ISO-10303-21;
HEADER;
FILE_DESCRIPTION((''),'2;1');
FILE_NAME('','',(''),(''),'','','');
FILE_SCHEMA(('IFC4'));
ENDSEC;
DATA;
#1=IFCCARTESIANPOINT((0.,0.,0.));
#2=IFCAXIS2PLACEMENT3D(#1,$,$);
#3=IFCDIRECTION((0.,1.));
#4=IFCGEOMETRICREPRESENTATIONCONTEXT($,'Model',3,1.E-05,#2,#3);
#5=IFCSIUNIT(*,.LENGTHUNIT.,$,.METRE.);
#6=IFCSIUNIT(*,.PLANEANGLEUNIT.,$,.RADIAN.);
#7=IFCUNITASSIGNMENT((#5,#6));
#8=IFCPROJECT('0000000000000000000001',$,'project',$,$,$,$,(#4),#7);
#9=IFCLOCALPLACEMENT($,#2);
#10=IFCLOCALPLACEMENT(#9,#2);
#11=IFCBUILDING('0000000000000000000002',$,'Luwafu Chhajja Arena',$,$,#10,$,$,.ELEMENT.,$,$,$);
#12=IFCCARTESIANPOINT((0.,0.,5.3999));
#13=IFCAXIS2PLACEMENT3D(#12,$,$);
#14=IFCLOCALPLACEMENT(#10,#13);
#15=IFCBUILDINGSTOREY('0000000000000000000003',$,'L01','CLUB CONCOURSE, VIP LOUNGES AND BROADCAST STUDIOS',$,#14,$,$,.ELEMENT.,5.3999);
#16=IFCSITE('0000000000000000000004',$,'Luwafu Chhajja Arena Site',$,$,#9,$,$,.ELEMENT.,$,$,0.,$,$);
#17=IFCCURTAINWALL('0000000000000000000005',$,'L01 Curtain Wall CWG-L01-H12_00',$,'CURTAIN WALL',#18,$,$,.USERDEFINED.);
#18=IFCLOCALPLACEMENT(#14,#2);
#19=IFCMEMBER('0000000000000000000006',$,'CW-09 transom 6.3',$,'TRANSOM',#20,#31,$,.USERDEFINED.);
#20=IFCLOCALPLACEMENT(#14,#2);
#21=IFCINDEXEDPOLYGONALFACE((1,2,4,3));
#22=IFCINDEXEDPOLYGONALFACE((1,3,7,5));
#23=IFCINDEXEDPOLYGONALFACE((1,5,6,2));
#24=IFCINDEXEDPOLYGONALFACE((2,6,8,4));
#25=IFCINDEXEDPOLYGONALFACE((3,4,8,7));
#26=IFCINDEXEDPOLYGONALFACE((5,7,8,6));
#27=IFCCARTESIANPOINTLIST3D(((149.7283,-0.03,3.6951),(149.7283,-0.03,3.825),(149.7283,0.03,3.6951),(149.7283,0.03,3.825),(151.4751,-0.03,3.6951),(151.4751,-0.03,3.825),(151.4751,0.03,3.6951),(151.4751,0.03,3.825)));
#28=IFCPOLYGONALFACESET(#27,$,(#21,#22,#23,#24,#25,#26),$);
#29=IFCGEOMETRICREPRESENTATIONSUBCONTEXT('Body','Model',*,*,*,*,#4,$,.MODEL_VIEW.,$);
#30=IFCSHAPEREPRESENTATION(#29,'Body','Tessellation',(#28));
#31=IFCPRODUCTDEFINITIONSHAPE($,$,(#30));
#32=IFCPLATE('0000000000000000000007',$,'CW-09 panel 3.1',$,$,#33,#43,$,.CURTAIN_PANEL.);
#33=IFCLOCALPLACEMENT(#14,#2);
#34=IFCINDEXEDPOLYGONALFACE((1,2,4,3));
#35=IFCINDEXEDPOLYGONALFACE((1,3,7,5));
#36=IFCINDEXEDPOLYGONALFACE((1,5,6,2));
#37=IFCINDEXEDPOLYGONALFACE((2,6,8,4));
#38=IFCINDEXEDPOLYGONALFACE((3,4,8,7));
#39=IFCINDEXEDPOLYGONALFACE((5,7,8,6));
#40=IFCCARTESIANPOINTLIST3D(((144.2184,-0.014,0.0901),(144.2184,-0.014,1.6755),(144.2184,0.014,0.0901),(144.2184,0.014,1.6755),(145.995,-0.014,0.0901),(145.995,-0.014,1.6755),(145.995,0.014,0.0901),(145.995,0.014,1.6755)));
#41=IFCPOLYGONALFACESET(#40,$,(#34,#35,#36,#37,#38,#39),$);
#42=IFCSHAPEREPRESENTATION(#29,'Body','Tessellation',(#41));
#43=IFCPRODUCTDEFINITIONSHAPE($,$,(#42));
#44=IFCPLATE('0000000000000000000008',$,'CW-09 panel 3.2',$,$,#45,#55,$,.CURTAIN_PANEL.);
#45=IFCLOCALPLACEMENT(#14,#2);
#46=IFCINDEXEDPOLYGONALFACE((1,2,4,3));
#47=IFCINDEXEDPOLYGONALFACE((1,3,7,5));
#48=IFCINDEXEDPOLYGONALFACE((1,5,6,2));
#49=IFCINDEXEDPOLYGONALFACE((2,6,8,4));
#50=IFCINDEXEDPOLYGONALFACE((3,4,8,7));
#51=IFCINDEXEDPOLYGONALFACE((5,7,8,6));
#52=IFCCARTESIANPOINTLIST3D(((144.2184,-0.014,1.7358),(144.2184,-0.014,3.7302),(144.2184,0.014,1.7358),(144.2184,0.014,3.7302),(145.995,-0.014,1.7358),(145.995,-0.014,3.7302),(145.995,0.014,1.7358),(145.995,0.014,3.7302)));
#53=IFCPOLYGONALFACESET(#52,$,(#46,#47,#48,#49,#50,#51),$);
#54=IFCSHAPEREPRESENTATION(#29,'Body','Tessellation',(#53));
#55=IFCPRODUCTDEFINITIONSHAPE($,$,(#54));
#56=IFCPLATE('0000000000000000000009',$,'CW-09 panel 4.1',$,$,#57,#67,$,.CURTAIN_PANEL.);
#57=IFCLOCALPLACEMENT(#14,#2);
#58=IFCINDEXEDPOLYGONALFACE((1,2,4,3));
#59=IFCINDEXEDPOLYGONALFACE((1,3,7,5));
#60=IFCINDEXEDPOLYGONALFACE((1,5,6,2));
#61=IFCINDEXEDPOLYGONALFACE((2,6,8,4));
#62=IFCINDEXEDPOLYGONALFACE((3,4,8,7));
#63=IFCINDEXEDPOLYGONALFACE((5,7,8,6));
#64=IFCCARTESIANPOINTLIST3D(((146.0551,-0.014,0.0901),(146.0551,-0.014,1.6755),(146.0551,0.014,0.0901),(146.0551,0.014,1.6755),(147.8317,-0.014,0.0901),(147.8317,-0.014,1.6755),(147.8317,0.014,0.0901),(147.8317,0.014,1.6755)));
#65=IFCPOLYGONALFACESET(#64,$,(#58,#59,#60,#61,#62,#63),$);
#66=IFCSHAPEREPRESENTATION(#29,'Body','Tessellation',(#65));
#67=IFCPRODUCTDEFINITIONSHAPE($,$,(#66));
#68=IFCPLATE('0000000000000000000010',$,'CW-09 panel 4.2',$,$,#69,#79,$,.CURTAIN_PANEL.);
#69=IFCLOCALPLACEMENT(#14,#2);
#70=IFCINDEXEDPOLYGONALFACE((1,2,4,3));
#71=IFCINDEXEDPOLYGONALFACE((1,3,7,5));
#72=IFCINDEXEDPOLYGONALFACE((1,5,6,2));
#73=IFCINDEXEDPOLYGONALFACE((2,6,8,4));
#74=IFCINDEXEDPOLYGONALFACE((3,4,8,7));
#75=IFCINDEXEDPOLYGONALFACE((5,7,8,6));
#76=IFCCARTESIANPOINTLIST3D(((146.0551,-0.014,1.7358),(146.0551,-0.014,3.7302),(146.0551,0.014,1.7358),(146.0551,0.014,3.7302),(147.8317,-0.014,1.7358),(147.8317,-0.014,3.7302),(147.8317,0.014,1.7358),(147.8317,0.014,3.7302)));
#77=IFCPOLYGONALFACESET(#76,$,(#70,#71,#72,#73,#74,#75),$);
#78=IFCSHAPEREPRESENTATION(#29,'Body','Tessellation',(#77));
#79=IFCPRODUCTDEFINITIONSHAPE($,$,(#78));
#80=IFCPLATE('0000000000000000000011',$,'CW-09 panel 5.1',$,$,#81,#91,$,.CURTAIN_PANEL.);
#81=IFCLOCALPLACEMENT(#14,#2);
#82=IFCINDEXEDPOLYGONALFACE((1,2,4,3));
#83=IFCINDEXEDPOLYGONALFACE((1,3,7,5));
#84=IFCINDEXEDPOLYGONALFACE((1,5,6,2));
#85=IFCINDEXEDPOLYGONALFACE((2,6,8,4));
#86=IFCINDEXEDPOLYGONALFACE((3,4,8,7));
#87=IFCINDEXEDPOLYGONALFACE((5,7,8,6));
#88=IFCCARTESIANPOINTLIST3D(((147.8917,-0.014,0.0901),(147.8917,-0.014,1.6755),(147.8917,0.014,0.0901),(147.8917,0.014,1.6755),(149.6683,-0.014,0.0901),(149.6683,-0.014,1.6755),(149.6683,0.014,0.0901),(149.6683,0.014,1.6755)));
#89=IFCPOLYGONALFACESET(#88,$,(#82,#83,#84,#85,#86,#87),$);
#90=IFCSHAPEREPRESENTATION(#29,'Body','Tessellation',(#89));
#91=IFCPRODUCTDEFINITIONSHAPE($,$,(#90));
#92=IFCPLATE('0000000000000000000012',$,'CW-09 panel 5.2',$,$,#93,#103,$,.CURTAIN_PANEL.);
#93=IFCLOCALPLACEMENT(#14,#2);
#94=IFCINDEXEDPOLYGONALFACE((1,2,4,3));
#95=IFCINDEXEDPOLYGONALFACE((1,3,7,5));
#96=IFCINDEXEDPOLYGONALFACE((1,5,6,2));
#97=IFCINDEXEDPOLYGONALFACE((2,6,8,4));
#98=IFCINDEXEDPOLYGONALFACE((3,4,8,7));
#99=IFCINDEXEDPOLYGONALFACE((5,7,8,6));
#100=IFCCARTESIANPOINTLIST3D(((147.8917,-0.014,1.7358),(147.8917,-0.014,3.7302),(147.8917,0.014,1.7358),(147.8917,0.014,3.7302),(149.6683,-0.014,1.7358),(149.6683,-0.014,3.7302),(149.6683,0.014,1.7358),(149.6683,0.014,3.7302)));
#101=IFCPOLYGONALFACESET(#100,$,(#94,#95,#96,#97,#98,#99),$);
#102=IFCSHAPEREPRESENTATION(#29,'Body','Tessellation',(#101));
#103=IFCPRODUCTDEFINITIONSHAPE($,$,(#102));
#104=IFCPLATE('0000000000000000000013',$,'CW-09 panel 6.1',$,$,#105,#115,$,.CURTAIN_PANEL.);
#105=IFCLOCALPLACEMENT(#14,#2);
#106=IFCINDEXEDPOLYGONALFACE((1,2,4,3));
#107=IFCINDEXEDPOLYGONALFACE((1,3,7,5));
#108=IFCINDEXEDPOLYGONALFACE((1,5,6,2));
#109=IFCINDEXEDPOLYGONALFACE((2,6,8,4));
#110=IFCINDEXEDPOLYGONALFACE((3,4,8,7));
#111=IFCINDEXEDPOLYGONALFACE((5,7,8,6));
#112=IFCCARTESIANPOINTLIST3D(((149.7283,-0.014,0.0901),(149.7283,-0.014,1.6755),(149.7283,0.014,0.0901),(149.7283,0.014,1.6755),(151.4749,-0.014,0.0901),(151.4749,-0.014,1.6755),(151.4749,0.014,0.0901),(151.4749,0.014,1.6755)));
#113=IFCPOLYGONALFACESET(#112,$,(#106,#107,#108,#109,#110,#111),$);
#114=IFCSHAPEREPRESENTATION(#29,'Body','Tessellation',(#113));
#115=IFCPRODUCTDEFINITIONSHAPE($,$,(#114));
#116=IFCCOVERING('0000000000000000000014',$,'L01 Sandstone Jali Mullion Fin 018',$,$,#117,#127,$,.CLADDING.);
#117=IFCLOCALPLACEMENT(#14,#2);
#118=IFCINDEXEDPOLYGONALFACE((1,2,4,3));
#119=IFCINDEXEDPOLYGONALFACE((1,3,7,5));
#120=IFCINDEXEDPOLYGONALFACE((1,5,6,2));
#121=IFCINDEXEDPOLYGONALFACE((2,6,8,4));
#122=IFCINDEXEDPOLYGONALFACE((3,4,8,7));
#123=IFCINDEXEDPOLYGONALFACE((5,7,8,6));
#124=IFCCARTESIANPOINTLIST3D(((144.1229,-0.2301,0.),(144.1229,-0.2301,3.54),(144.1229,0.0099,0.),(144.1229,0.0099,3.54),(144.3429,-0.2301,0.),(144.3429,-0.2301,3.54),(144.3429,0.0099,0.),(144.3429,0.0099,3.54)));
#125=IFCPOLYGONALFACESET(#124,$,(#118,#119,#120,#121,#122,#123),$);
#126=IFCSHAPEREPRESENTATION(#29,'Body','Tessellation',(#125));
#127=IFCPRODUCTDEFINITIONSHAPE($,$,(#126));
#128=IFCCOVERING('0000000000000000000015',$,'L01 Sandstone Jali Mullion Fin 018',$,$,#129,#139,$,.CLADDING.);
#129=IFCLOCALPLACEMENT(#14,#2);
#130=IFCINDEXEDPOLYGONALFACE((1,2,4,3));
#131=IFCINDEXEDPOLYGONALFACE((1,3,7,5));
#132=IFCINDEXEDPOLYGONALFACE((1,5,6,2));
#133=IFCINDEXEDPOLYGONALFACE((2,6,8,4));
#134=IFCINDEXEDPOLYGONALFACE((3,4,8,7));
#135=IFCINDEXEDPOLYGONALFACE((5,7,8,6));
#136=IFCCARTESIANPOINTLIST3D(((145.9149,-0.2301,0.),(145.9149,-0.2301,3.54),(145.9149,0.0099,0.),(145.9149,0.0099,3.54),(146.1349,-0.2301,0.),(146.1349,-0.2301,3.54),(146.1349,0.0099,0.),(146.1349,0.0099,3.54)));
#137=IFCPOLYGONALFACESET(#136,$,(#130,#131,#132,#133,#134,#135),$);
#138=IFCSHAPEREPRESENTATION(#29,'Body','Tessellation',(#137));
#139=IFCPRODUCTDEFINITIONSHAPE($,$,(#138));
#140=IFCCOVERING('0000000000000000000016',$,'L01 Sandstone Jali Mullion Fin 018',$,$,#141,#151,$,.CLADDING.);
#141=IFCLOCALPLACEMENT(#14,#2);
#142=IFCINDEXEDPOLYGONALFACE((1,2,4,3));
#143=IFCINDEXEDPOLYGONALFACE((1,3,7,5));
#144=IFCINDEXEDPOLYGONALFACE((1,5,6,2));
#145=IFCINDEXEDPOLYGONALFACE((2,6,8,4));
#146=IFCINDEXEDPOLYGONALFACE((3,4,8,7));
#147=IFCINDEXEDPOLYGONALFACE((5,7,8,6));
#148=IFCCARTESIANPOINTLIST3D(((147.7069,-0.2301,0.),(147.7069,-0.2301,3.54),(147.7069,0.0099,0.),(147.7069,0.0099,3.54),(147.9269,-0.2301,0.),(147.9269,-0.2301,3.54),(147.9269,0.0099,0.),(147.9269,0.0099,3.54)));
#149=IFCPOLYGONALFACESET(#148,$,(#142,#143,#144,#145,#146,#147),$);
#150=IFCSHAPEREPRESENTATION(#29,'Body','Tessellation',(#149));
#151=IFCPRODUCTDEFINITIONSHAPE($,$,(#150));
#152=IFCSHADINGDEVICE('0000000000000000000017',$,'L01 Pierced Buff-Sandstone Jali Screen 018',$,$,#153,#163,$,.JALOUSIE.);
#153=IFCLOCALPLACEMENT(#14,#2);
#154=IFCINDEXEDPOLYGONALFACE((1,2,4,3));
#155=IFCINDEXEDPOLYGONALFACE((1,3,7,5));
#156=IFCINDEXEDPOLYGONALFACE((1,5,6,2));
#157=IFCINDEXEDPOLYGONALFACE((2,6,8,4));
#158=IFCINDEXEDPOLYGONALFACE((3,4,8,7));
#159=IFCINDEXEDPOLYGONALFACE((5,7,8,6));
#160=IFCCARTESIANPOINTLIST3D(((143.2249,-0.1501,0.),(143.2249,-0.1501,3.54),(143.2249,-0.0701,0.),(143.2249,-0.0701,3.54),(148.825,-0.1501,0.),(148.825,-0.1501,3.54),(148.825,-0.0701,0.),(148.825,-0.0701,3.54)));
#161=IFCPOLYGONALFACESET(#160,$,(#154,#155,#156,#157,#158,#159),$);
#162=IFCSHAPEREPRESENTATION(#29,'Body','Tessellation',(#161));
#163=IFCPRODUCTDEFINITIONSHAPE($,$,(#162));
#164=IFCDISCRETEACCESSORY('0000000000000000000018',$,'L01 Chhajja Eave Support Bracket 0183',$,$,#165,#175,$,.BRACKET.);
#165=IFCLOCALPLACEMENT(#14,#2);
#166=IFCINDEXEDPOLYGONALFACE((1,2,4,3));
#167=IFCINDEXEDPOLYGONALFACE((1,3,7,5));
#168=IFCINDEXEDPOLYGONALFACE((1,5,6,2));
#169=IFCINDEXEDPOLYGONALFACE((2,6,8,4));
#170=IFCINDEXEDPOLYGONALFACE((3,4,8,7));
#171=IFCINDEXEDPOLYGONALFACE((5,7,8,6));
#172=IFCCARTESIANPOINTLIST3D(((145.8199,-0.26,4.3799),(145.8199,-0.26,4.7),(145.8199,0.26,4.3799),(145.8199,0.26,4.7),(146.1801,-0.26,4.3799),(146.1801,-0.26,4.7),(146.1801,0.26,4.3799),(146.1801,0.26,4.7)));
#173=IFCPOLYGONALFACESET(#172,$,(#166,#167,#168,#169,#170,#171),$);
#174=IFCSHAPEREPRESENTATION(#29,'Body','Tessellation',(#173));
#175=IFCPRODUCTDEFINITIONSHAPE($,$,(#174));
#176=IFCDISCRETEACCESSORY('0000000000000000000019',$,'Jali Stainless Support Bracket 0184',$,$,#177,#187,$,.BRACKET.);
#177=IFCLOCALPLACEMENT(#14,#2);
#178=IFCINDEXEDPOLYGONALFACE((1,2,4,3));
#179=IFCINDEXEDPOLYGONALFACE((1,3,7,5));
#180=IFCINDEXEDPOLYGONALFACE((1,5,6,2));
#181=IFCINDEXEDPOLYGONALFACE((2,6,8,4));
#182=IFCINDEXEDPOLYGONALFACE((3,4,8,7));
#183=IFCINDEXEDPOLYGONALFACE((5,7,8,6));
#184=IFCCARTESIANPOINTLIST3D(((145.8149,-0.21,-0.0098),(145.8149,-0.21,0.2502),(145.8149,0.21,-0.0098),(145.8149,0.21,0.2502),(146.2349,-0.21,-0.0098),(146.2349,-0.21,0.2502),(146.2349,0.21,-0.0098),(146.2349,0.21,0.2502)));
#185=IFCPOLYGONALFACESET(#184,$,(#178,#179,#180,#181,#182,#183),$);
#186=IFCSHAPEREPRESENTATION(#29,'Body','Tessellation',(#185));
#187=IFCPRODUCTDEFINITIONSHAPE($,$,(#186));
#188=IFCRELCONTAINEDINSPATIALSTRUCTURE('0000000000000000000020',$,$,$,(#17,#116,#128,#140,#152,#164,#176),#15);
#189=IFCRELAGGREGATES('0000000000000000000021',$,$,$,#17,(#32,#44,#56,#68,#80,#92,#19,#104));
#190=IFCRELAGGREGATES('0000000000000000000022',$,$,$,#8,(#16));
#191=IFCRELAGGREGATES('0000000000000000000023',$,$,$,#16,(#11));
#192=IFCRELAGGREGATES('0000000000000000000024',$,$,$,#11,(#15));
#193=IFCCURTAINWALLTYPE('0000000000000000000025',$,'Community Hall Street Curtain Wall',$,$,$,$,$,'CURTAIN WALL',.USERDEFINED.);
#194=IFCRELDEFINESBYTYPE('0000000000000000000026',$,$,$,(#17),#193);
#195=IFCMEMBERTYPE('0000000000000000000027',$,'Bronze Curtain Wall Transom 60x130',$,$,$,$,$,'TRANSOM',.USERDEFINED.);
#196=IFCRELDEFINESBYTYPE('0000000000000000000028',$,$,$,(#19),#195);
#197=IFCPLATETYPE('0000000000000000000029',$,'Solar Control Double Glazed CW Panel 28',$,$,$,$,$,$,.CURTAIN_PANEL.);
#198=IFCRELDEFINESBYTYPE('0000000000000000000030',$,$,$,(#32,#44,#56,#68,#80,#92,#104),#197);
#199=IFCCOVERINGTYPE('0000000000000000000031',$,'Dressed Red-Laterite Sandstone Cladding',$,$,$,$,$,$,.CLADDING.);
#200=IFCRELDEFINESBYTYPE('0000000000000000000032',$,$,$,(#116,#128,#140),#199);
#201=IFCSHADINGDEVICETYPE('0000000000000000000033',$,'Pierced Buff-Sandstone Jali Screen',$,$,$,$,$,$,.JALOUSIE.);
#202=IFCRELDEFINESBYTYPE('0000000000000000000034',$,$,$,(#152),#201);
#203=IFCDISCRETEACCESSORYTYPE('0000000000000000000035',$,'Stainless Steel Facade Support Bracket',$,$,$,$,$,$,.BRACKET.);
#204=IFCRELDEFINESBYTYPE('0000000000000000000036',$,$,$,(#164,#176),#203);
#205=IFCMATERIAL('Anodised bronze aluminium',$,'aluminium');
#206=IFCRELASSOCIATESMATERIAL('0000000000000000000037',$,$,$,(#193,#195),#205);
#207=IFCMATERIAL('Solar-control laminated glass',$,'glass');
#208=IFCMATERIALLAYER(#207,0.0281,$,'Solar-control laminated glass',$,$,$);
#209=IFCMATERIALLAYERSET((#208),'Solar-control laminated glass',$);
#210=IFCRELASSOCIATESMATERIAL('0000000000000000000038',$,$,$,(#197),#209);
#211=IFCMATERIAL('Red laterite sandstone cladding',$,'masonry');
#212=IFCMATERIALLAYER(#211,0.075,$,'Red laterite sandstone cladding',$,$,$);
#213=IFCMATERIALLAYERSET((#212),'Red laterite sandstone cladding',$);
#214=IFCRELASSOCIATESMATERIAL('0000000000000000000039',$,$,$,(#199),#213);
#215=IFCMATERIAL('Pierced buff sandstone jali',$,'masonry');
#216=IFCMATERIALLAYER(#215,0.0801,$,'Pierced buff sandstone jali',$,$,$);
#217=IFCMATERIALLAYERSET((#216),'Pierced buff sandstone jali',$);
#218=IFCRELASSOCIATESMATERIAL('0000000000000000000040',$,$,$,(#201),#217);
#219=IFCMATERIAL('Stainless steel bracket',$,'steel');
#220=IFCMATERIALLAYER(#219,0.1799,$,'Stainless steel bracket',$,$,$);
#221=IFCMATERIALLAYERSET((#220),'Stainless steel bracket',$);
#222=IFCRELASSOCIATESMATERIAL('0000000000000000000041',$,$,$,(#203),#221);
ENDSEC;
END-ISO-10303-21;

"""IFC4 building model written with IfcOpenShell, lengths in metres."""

from ifc_helpers import new_model, si_unit, direction, frame, origin, origin_2d, place, context, subcontext, project, spatial, rectangle, extrude, material, layer, layer_set, material_profile, profile_set, type_object, element, aggregate, save


model = new_model("IFC4")

# Units and contexts
model_context = context("Model", 3, precision=1e-05, world=origin(), true_north=direction((0.0, 1.0)))
body_context = subcontext(model_context, "Body", "Model", "MODEL_VIEW")
ifc_project = project(units=[si_unit("LENGTHUNIT", "METRE"), si_unit("PLANEANGLEUNIT", "RADIAN")], contexts=[model_context])

# Site, building, storey
site_placement = place(None, origin())
site = spatial("IfcSite", under=ifc_project, at=site_placement, Name="Luwafu Chhajja Arena Site", CompositionType="ELEMENT", RefElevation=0.0)
building_placement = place(site_placement, origin())
building = spatial("IfcBuilding", under=site, at=building_placement, Name="Luwafu Chhajja Arena", CompositionType="ELEMENT")
storey_placement = place(building_placement, frame((0.0, 0.0, 5.3999)))
storey = spatial("IfcBuildingStorey", under=building, at=storey_placement, Name="L01", Description="CLUB CONCOURSE, VIP LOUNGES AND BROADCAST STUDIOS", CompositionType="ELEMENT", Elevation=5.3999)

# Curtain wall, member, plates
ifc_material_1 = material(Name="Anodised bronze aluminium", Category="aluminium")
curtain_wall_type = type_object("IfcCurtainWallType", Name="Community Hall Street Curtain Wall", ElementType="CURTAIN WALL", PredefinedType="USERDEFINED", material=ifc_material_1)
curtain_wall_placement = place(storey_placement, origin())
curtain_wall = element("IfcCurtainWall", 1, at=curtain_wall_placement, inside=storey, type_object=curtain_wall_type, Name="L01 Curtain Wall CWG-L01-H12_00", ObjectType="CURTAIN WALL", PredefinedType="USERDEFINED")
ifc_material_profile_1 = material_profile(ifc_material_1, rectangle(XDim=0.0601, YDim=0.1299, at=origin_2d()), Name="CWT 60x130")
ifc_profile_set_1 = profile_set([ifc_material_profile_1], Name="Anodised bronze aluminium")
member_type_1 = type_object("IfcMemberType", Name="Bronze Curtain Wall Transom 60x130", ElementType="TRANSOM", PredefinedType="USERDEFINED", material=ifc_profile_set_1)
member_1_placement = place(storey_placement, frame((149.7283, 0.0, 3.76), z_axis=(1.0, 0.0, 0.0), x_axis=(0.0, 1.0, 0.0)))
member_1 = element("IfcMember", 2, at=member_1_placement, type_object=member_type_1, Name="CW-09 transom 6.3", ObjectType="TRANSOM", PredefinedType="USERDEFINED", context=body_context, shape_type="SweptSolid", body=[
    extrude(rectangle(XDim=0.0601, YDim=0.1299, at=origin_2d()), origin(), (0.0, 0.0, 1.0), 1.7468),
])
ifc_material_2 = material(Name="Solar-control laminated glass", Category="glass")
ifc_layer_1 = layer(ifc_material_2, 0.0281, Name="Solar-control laminated glass")
ifc_layer_set_1 = layer_set([ifc_layer_1], Name="Solar-control laminated glass")
plate_type = type_object("IfcPlateType", Name="Solar Control Double Glazed CW Panel 28", PredefinedType="CURTAIN_PANEL", material=ifc_layer_set_1)
plate_1_placement = place(storey_placement, frame((145.1067, 0.0, 0.0901), z_axis=(0.0, 0.0, 1.0), x_axis=(1.0, 0.0, 0.0)))
plate_1 = element("IfcPlate", 3, at=plate_1_placement, type_object=plate_type, Name="CW-09 panel 3.1", PredefinedType="CURTAIN_PANEL", context=body_context, shape_type="SweptSolid", body=[
    extrude(rectangle(XDim=1.7766, YDim=0.0281, at=origin_2d()), origin(), (0.0, 0.0, 1.0), 1.5854),
])
plate_2_placement = place(storey_placement, frame((145.1067, 0.0, 1.7358), z_axis=(0.0, 0.0, 1.0), x_axis=(1.0, 0.0, 0.0)))
plate_2 = element("IfcPlate", 4, at=plate_2_placement, type_object=plate_type, Name="CW-09 panel 3.2", PredefinedType="CURTAIN_PANEL", context=body_context, shape_type="SweptSolid", body=[
    extrude(rectangle(XDim=1.7766, YDim=0.0281, at=origin_2d()), origin(), (0.0, 0.0, 1.0), 1.9944),
])
plate_3_placement = place(storey_placement, frame((146.9434, 0.0, 0.0901), z_axis=(0.0, 0.0, 1.0), x_axis=(1.0, 0.0, 0.0)))
plate_3 = element("IfcPlate", 5, at=plate_3_placement, type_object=plate_type, Name="CW-09 panel 4.1", PredefinedType="CURTAIN_PANEL", context=body_context, shape_type="SweptSolid", body=[
    extrude(rectangle(XDim=1.7766, YDim=0.0281, at=origin_2d()), origin(), (0.0, 0.0, 1.0), 1.5854),
])
plate_4_placement = place(storey_placement, frame((146.9434, 0.0, 1.7358), z_axis=(0.0, 0.0, 1.0), x_axis=(1.0, 0.0, 0.0)))
plate_4 = element("IfcPlate", 6, at=plate_4_placement, type_object=plate_type, Name="CW-09 panel 4.2", PredefinedType="CURTAIN_PANEL", context=body_context, shape_type="SweptSolid", body=[
    extrude(rectangle(XDim=1.7766, YDim=0.0281, at=origin_2d()), origin(), (0.0, 0.0, 1.0), 1.9944),
])
plate_5_placement = place(storey_placement, frame((148.78, 0.0, 0.0901), z_axis=(0.0, 0.0, 1.0), x_axis=(1.0, 0.0, 0.0)))
plate_5 = element("IfcPlate", 7, at=plate_5_placement, type_object=plate_type, Name="CW-09 panel 5.1", PredefinedType="CURTAIN_PANEL", context=body_context, shape_type="SweptSolid", body=[
    extrude(rectangle(XDim=1.7766, YDim=0.0281, at=origin_2d()), origin(), (0.0, 0.0, 1.0), 1.5854),
])
plate_6_placement = place(storey_placement, frame((148.78, 0.0, 1.7358), z_axis=(0.0, 0.0, 1.0), x_axis=(1.0, 0.0, 0.0)))
plate_6 = element("IfcPlate", 8, at=plate_6_placement, type_object=plate_type, Name="CW-09 panel 5.2", PredefinedType="CURTAIN_PANEL", context=body_context, shape_type="SweptSolid", body=[
    extrude(rectangle(XDim=1.7766, YDim=0.0281, at=origin_2d()), origin(), (0.0, 0.0, 1.0), 1.9944),
])
plate_7_placement = place(storey_placement, frame((150.6016, 0.0, 0.0901), z_axis=(0.0, 0.0, 1.0), x_axis=(1.0, 0.0, 0.0)))
plate_7 = element("IfcPlate", 9, at=plate_7_placement, type_object=plate_type, Name="CW-09 panel 6.1", PredefinedType="CURTAIN_PANEL", context=body_context, shape_type="SweptSolid", body=[
    extrude(rectangle(XDim=1.7466, YDim=0.0281, at=origin_2d()), origin(), (0.0, 0.0, 1.0), 1.5854),
])
aggregate(curtain_wall, [plate_1, plate_2, plate_3, plate_4, plate_5, plate_6, member_1, plate_7])

# Coverings
ifc_material_3 = material(Name="Red laterite sandstone cladding", Category="masonry")
ifc_layer_2 = layer(ifc_material_3, 0.075, Name="Red laterite sandstone cladding")
ifc_layer_set_2 = layer_set([ifc_layer_2], Name="Red laterite sandstone cladding")
covering_type = type_object("IfcCoveringType", Name="Dressed Red-Laterite Sandstone Cladding", PredefinedType="CLADDING", material=ifc_layer_set_2)
for number, where, z_axis, x_axis, name in (
    (10, (144.2329, -0.1101, 0.0), (0.0, 0.0, 1.0), (1.0, 0.0, 0.0), "L01 Sandstone Jali Mullion Fin 018"),
    (11, (146.0249, -0.1101, 0.0), (0.0, 0.0, 1.0), (1.0, 0.0, 0.0), "L01 Sandstone Jali Mullion Fin 018"),
    (12, (147.8169, -0.1101, 0.0), (0.0, 0.0, 1.0), (1.0, 0.0, 0.0), "L01 Sandstone Jali Mullion Fin 018"),
):
    element("IfcCovering", number, at=place(storey_placement, frame(where, z_axis=z_axis, x_axis=x_axis)), inside=storey, type_object=covering_type, Name=name, PredefinedType="CLADDING", context=body_context, shape_type="SweptSolid", body=[
        extrude(rectangle(XDim=0.22, YDim=0.24, at=origin_2d()), origin(), (0.0, 0.0, 1.0), 3.54),
    ])

# Shading device
ifc_material_4 = material(Name="Pierced buff sandstone jali", Category="masonry")
ifc_layer_3 = layer(ifc_material_4, 0.0801, Name="Pierced buff sandstone jali")
ifc_layer_set_3 = layer_set([ifc_layer_3], Name="Pierced buff sandstone jali")
shading_device_type = type_object("IfcShadingDeviceType", Name="Pierced Buff-Sandstone Jali Screen", PredefinedType="JALOUSIE", material=ifc_layer_set_3)
shading_device_placement = place(storey_placement, frame((146.0249, -0.1101, 0.0), z_axis=(0.0, 0.0, 1.0), x_axis=(1.0, 0.0, 0.0)))
element("IfcShadingDevice", 13, at=shading_device_placement, inside=storey, type_object=shading_device_type, Name="L01 Pierced Buff-Sandstone Jali Screen 018", PredefinedType="JALOUSIE", context=body_context, shape_type="SweptSolid", body=[
    extrude(rectangle(XDim=5.6001, YDim=0.0801, at=origin_2d()), origin(), (0.0, 0.0, 1.0), 3.54),
])

# Discrete accessories
ifc_material_5 = material(Name="Stainless steel bracket", Category="steel")
ifc_layer_4 = layer(ifc_material_5, 0.1799, Name="Stainless steel bracket")
ifc_layer_set_4 = layer_set([ifc_layer_4], Name="Stainless steel bracket")
discrete_accessory_type = type_object("IfcDiscreteAccessoryType", Name="Stainless Steel Facade Support Bracket", PredefinedType="BRACKET", material=ifc_layer_set_4)
discrete_accessory_1_placement = place(storey_placement, frame((146.0, 0.0, 4.3799), z_axis=(0.0, 0.0, 1.0), x_axis=(1.0, 0.0, 0.0)))
element("IfcDiscreteAccessory", 14, at=discrete_accessory_1_placement, inside=storey, type_object=discrete_accessory_type, Name="L01 Chhajja Eave Support Bracket 0183", PredefinedType="BRACKET", context=body_context, shape_type="SweptSolid", body=[
    extrude(rectangle(XDim=0.3601, YDim=0.52, at=origin_2d()), origin(), (0.0, 0.0, 1.0), 0.3201),
])
discrete_accessory_2_placement = place(storey_placement, frame((146.0249, 0.0, -0.0098), z_axis=(0.0, 0.0, 1.0), x_axis=(1.0, 0.0, 0.0)))
element("IfcDiscreteAccessory", 15, at=discrete_accessory_2_placement, inside=storey, type_object=discrete_accessory_type, Name="Jali Stainless Support Bracket 0184", PredefinedType="BRACKET", context=body_context, shape_type="SweptSolid", body=[
    extrude(rectangle(XDim=0.4199, YDim=0.4199, at=origin_2d()), origin(), (0.0, 0.0, 1.0), 0.26),
])

save(model, "model.ifc")
